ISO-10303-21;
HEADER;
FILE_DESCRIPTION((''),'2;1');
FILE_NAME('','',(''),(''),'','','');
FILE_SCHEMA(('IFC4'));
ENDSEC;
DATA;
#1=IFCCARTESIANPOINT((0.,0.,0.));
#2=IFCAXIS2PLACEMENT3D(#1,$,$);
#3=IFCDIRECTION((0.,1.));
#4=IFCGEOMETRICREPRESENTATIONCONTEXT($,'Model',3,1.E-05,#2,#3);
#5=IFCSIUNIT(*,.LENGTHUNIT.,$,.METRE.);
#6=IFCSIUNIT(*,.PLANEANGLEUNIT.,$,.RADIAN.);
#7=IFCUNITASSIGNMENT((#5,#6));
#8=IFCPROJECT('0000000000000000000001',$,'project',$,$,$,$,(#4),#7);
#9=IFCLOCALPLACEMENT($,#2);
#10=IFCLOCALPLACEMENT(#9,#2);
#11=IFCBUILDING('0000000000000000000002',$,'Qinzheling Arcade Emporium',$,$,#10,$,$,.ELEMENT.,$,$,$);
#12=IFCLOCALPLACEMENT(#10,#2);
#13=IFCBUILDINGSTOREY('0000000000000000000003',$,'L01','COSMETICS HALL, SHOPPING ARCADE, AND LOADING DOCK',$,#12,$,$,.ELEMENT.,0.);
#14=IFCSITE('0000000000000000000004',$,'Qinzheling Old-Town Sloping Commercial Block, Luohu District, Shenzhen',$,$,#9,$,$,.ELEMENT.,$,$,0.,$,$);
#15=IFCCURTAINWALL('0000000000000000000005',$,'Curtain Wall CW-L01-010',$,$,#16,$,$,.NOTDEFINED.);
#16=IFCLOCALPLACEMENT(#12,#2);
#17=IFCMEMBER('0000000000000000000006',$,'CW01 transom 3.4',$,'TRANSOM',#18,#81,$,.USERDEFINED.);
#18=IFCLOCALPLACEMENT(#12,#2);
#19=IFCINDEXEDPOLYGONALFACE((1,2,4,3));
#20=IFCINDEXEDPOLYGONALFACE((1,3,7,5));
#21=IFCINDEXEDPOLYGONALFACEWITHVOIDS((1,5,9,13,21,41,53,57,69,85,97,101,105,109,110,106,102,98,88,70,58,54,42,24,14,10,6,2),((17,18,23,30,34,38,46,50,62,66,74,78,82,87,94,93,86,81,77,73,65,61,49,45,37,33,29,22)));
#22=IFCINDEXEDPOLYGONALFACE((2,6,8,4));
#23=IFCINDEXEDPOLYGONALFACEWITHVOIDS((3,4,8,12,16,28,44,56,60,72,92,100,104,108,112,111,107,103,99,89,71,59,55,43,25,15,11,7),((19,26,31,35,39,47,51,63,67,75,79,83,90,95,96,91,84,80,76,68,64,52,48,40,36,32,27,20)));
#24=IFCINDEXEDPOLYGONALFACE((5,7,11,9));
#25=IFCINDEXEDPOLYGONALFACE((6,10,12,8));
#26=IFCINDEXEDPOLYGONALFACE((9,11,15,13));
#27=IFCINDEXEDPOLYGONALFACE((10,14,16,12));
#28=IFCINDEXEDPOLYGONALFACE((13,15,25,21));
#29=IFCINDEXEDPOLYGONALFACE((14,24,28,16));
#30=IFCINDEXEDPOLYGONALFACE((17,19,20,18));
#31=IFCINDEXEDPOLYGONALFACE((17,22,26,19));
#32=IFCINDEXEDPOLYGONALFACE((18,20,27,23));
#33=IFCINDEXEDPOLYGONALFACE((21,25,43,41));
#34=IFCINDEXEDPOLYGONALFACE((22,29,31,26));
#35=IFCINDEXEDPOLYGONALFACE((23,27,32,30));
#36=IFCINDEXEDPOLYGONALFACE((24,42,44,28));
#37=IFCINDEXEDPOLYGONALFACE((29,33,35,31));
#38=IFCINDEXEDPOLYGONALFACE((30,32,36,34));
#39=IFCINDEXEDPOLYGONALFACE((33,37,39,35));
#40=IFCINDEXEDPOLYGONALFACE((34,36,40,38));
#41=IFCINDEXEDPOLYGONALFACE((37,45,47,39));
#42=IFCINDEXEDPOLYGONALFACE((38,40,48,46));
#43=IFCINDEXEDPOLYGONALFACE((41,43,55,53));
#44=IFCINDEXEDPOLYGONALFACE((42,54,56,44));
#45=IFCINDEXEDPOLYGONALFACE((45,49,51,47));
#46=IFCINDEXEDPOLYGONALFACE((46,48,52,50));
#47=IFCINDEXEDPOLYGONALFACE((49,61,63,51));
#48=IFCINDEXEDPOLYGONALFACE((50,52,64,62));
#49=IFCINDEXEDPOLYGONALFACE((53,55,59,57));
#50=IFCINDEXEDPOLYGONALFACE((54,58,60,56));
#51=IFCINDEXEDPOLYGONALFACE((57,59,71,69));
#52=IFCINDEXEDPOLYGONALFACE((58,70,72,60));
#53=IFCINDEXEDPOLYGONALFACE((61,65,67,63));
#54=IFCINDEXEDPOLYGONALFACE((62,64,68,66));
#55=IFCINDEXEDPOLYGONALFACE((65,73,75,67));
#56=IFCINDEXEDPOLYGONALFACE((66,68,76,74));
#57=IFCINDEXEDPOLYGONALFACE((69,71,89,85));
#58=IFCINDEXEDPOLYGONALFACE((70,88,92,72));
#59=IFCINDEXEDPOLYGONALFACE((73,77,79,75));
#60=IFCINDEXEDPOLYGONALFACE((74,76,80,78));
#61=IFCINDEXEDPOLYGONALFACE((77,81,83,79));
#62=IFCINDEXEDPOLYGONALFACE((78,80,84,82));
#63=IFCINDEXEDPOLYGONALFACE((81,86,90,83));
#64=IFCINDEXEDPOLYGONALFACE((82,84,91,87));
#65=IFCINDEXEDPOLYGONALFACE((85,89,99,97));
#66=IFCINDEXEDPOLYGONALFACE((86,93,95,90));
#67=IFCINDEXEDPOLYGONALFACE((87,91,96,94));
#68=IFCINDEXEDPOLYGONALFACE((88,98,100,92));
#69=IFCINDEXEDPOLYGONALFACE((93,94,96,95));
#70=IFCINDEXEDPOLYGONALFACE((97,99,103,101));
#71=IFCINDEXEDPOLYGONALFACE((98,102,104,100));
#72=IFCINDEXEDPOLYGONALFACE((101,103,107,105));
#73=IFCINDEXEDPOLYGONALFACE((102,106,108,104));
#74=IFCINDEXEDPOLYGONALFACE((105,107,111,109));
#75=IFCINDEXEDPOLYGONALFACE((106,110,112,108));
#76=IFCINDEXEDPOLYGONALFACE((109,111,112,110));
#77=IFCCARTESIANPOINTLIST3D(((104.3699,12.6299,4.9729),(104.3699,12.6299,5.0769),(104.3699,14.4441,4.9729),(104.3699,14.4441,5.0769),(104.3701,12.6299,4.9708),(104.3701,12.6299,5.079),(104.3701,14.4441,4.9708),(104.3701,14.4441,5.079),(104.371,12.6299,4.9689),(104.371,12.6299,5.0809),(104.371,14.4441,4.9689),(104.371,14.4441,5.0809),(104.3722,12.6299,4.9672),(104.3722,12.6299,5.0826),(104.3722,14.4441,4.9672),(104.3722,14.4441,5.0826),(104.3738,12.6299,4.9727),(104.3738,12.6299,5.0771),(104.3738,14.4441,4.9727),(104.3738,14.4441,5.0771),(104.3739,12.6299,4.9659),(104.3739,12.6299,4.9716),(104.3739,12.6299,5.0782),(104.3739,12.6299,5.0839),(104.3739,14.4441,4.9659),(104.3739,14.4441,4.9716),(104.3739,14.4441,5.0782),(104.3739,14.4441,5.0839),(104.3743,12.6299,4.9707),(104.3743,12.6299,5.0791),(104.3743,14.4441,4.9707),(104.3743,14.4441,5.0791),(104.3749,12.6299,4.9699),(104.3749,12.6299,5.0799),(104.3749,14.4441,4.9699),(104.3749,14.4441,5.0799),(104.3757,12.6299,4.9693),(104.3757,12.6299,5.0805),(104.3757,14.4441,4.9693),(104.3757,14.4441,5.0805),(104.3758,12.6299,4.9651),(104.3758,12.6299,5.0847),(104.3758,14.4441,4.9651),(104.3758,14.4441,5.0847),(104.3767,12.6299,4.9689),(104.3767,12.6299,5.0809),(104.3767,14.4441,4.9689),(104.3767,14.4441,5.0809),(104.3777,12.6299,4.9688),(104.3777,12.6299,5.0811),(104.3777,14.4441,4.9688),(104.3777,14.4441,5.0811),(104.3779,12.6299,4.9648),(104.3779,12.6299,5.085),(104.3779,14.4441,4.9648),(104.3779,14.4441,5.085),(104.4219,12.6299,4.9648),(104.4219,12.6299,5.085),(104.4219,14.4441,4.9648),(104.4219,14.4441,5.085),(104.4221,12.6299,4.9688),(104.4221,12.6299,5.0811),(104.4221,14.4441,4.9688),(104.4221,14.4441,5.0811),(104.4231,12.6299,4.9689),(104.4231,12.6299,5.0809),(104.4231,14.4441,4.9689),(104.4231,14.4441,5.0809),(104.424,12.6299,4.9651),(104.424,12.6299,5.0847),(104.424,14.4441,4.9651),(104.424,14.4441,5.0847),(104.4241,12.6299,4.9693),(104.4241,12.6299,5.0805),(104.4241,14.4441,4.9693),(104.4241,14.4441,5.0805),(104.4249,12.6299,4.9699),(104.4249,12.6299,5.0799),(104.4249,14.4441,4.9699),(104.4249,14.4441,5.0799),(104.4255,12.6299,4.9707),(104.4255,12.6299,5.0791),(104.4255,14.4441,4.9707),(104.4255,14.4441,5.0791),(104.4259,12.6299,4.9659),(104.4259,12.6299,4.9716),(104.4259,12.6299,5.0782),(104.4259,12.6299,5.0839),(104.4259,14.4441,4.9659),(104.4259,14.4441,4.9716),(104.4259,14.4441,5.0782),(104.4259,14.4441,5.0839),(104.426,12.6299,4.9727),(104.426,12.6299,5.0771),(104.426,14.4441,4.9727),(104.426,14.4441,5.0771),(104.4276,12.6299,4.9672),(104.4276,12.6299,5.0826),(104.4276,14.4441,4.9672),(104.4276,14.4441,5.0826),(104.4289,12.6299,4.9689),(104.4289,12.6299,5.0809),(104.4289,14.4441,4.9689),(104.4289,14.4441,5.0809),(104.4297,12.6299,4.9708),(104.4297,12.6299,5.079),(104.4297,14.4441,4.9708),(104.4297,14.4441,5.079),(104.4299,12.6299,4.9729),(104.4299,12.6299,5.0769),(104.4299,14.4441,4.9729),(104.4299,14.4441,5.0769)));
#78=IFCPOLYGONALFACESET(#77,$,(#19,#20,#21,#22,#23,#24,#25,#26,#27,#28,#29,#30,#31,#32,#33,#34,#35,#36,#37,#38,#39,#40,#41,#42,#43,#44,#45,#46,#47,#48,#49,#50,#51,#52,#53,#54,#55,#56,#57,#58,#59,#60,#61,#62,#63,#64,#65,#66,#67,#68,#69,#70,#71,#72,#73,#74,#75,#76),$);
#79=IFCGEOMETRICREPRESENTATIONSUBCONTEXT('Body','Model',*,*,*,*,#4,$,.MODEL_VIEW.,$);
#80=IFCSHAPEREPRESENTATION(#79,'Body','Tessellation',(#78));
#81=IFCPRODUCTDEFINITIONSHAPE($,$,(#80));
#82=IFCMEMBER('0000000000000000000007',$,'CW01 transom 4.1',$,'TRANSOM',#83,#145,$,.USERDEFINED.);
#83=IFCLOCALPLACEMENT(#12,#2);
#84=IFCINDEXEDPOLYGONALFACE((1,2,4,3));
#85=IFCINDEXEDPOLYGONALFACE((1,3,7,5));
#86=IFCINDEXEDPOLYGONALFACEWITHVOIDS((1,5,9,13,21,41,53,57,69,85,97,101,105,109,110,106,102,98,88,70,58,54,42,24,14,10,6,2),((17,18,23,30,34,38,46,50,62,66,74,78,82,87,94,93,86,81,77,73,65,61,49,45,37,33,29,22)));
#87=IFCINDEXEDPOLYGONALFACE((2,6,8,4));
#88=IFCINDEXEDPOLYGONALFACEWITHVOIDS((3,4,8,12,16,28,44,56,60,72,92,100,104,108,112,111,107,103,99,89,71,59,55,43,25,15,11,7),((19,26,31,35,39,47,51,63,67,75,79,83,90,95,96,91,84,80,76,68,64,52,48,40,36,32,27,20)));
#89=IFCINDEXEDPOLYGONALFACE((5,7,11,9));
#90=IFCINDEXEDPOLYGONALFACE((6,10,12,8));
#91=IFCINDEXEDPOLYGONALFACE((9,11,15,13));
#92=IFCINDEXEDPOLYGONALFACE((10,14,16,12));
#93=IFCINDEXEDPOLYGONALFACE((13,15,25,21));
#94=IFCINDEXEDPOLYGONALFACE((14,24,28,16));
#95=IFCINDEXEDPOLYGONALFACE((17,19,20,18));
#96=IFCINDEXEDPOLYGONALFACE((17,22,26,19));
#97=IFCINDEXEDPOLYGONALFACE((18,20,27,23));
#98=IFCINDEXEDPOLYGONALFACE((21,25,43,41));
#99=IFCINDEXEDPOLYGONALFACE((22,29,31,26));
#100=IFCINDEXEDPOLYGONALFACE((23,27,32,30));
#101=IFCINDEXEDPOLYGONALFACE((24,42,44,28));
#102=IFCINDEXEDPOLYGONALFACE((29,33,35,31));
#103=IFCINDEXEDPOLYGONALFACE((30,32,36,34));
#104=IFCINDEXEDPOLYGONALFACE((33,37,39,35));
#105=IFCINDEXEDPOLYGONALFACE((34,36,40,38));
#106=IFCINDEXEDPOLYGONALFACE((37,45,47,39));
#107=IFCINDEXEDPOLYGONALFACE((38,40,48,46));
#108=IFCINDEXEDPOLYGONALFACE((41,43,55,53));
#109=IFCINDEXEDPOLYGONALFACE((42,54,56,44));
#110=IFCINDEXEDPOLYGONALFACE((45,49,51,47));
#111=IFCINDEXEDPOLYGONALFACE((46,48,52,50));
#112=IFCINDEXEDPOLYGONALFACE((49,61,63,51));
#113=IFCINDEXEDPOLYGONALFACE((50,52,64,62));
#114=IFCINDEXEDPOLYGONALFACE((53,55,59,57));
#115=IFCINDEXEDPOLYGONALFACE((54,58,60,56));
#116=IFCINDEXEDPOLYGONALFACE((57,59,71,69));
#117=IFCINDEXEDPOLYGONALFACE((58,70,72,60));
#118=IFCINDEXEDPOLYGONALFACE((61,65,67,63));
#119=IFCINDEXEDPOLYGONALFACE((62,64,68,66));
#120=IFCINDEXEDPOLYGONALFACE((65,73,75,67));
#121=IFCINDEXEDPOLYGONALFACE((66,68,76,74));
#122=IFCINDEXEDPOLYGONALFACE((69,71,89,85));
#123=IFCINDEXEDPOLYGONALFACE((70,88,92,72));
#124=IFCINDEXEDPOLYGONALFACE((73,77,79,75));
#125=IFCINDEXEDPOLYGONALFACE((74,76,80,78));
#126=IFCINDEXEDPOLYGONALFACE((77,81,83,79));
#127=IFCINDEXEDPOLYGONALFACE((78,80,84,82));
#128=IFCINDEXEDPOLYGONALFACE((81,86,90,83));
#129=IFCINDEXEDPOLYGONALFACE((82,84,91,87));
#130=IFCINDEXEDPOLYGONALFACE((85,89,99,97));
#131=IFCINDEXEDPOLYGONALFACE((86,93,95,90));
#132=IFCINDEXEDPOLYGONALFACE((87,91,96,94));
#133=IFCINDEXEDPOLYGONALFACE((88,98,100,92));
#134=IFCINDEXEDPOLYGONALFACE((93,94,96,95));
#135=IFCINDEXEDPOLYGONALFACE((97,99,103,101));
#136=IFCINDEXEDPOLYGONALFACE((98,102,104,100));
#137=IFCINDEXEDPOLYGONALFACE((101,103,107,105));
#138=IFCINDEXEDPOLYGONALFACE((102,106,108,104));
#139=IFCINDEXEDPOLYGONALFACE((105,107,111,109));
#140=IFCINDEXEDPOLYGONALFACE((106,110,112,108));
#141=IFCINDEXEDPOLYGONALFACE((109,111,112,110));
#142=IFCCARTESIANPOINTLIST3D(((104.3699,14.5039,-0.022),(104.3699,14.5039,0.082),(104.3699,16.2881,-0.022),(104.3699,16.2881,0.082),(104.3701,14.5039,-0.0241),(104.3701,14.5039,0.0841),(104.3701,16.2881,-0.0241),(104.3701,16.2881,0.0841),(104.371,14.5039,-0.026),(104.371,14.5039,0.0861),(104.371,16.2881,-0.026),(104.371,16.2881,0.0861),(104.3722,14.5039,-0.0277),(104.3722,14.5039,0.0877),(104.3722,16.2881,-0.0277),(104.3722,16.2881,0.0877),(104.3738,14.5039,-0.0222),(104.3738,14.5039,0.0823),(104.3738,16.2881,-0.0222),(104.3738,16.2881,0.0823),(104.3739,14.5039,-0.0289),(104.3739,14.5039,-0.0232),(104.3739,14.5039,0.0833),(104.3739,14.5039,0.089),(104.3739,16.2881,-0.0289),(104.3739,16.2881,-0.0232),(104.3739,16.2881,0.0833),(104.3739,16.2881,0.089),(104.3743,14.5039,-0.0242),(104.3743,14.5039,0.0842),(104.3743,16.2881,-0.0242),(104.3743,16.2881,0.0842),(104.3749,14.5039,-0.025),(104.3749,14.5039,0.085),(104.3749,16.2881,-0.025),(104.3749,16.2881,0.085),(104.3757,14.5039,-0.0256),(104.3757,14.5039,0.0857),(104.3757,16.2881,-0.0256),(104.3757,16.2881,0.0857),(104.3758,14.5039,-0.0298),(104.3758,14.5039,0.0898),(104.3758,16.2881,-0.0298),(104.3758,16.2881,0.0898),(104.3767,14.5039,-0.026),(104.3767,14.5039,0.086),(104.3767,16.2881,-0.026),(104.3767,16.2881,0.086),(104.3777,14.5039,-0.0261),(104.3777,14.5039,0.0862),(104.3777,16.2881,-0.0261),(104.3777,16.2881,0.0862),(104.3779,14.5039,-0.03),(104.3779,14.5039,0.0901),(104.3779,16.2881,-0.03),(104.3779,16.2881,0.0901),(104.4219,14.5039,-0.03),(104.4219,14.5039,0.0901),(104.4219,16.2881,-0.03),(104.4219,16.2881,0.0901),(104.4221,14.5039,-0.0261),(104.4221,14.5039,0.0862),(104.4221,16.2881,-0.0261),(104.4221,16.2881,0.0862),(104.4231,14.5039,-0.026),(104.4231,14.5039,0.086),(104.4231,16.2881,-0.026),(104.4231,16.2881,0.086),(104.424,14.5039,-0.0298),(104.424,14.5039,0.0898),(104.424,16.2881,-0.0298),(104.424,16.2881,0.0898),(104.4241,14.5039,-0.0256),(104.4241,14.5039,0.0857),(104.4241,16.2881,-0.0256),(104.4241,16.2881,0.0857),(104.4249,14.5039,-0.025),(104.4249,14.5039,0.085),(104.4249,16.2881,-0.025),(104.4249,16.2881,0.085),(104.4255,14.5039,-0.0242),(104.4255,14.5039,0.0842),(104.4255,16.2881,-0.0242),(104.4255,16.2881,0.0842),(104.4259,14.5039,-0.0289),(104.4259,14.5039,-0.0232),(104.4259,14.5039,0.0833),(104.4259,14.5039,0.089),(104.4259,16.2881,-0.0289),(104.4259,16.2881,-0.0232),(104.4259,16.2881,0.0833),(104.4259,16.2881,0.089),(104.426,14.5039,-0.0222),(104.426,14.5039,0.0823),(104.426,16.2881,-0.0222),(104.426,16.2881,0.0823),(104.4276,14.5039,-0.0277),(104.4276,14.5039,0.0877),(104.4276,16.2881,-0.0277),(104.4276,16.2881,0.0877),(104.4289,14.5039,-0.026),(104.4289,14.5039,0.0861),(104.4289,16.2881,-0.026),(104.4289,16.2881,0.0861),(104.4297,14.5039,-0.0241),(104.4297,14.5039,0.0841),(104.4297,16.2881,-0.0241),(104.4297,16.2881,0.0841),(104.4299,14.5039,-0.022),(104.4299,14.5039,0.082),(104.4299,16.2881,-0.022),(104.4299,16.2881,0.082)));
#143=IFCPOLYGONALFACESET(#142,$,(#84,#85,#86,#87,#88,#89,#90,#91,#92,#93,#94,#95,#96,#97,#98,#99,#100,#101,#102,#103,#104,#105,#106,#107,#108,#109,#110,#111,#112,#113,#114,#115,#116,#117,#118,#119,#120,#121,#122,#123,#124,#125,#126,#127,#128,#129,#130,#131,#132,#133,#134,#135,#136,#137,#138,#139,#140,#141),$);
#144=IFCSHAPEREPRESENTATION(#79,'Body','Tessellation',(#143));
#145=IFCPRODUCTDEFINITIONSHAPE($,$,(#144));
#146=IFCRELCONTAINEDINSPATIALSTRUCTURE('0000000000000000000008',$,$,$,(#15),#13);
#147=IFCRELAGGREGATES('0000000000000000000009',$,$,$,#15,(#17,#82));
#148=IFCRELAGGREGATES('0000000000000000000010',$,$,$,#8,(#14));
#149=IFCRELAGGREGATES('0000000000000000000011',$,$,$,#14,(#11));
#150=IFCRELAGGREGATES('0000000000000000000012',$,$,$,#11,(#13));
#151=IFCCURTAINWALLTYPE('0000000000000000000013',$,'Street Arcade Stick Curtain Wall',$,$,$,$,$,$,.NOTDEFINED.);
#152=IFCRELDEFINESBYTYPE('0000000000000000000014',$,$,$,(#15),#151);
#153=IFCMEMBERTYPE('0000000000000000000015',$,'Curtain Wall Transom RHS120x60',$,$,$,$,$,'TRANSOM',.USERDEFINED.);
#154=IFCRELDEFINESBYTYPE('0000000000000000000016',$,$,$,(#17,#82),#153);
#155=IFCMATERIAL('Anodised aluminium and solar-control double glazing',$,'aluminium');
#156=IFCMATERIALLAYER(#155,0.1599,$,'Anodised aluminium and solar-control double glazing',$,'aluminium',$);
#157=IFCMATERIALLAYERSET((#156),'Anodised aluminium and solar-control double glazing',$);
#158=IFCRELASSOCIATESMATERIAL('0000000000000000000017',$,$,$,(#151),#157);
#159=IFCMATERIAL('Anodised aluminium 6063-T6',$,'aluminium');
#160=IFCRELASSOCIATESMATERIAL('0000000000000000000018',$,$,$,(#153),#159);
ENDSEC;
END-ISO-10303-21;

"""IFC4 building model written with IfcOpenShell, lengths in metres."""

from ifc_helpers import new_model, si_unit, direction, frame, origin, origin_2d, place, context, subcontext, project, spatial, hollow_rectangle, extrude, material, layer, layer_set, material_profile, profile_set, type_object, element, aggregate, save


model = new_model("IFC4")

# Units and contexts
model_context = context("Model", 3, precision=1e-05, world=origin(), true_north=direction((0.0, 1.0)))
body_context = subcontext(model_context, "Body", "Model", "MODEL_VIEW")
ifc_project = project(units=[si_unit("LENGTHUNIT", "METRE"), si_unit("PLANEANGLEUNIT", "RADIAN")], contexts=[model_context])

# Site, building, storey
site_placement = place(None, origin())
site = spatial("IfcSite", under=ifc_project, at=site_placement, Name="Qinzheling Old-Town Sloping Commercial Block, Luohu District, Shenzhen", CompositionType="ELEMENT", RefElevation=0.0)
building_placement = place(site_placement, origin())
building = spatial("IfcBuilding", under=site, at=building_placement, Name="Qinzheling Arcade Emporium", CompositionType="ELEMENT")
storey_placement = place(building_placement, origin())
storey = spatial("IfcBuildingStorey", under=building, at=storey_placement, Name="L01", Description="COSMETICS HALL, SHOPPING ARCADE, AND LOADING DOCK", CompositionType="ELEMENT", Elevation=0.0)

# Curtain wall, members
ifc_material_1 = material(Name="Anodised aluminium and solar-control double glazing", Category="aluminium")
ifc_layer_1 = layer(ifc_material_1, 0.1599, Name="Anodised aluminium and solar-control double glazing", Category="aluminium")
ifc_layer_set_1 = layer_set([ifc_layer_1], Name="Anodised aluminium and solar-control double glazing")
curtain_wall_type = type_object("IfcCurtainWallType", Name="Street Arcade Stick Curtain Wall", PredefinedType="NOTDEFINED", material=ifc_layer_set_1)
curtain_wall_placement = place(storey_placement, origin())
curtain_wall = element("IfcCurtainWall", 1, at=curtain_wall_placement, inside=storey, type_object=curtain_wall_type, Name="Curtain Wall CW-L01-010", PredefinedType="NOTDEFINED")
ifc_material_2 = material(Name="Anodised aluminium 6063-T6", Category="aluminium")
ifc_material_profile_1 = material_profile(ifc_material_2, hollow_rectangle(XDim=0.0601, YDim=0.1201, WallThickness=0.0039, InnerFilletRadius=0.0039, OuterFilletRadius=0.0081, at=origin_2d()), Name="RHS 120x60x4", Category="aluminium")
ifc_profile_set_1 = profile_set([ifc_material_profile_1], Name="Anodised aluminium 6063-T6")
member_type_1 = type_object("IfcMemberType", Name="Curtain Wall Transom RHS120x60", ElementType="TRANSOM", PredefinedType="USERDEFINED", material=ifc_profile_set_1)
member_1_placement = place(storey_placement, frame((104.3999, 12.6299, 5.0249), z_axis=(0.0, 1.0, 0.0), x_axis=(-1.0, 0.0, 0.0)))
member_1 = element("IfcMember", 2, at=member_1_placement, type_object=member_type_1, Name="CW01 transom 3.4", ObjectType="TRANSOM", PredefinedType="USERDEFINED", context=body_context, shape_type="SweptSolid", body=[
    extrude(hollow_rectangle(XDim=0.0601, YDim=0.1201, WallThickness=0.0039, InnerFilletRadius=0.0039, OuterFilletRadius=0.0081, at=origin_2d()), origin(), (0.0, 0.0, 1.0), 1.8142),
])
member_2_placement = place(storey_placement, frame((104.3999, 14.5039, 0.03), z_axis=(0.0, 1.0, 0.0), x_axis=(-1.0, 0.0, 0.0)))
member_2 = element("IfcMember", 3, at=member_2_placement, type_object=member_type_1, Name="CW01 transom 4.1", ObjectType="TRANSOM", PredefinedType="USERDEFINED", context=body_context, shape_type="SweptSolid", body=[
    extrude(hollow_rectangle(XDim=0.0601, YDim=0.1201, WallThickness=0.0039, InnerFilletRadius=0.0039, OuterFilletRadius=0.0081, at=origin_2d()), origin(), (0.0, 0.0, 1.0), 1.7842),
])

aggregate(curtain_wall, [member_1, member_2])

save(model, "model.ifc")
